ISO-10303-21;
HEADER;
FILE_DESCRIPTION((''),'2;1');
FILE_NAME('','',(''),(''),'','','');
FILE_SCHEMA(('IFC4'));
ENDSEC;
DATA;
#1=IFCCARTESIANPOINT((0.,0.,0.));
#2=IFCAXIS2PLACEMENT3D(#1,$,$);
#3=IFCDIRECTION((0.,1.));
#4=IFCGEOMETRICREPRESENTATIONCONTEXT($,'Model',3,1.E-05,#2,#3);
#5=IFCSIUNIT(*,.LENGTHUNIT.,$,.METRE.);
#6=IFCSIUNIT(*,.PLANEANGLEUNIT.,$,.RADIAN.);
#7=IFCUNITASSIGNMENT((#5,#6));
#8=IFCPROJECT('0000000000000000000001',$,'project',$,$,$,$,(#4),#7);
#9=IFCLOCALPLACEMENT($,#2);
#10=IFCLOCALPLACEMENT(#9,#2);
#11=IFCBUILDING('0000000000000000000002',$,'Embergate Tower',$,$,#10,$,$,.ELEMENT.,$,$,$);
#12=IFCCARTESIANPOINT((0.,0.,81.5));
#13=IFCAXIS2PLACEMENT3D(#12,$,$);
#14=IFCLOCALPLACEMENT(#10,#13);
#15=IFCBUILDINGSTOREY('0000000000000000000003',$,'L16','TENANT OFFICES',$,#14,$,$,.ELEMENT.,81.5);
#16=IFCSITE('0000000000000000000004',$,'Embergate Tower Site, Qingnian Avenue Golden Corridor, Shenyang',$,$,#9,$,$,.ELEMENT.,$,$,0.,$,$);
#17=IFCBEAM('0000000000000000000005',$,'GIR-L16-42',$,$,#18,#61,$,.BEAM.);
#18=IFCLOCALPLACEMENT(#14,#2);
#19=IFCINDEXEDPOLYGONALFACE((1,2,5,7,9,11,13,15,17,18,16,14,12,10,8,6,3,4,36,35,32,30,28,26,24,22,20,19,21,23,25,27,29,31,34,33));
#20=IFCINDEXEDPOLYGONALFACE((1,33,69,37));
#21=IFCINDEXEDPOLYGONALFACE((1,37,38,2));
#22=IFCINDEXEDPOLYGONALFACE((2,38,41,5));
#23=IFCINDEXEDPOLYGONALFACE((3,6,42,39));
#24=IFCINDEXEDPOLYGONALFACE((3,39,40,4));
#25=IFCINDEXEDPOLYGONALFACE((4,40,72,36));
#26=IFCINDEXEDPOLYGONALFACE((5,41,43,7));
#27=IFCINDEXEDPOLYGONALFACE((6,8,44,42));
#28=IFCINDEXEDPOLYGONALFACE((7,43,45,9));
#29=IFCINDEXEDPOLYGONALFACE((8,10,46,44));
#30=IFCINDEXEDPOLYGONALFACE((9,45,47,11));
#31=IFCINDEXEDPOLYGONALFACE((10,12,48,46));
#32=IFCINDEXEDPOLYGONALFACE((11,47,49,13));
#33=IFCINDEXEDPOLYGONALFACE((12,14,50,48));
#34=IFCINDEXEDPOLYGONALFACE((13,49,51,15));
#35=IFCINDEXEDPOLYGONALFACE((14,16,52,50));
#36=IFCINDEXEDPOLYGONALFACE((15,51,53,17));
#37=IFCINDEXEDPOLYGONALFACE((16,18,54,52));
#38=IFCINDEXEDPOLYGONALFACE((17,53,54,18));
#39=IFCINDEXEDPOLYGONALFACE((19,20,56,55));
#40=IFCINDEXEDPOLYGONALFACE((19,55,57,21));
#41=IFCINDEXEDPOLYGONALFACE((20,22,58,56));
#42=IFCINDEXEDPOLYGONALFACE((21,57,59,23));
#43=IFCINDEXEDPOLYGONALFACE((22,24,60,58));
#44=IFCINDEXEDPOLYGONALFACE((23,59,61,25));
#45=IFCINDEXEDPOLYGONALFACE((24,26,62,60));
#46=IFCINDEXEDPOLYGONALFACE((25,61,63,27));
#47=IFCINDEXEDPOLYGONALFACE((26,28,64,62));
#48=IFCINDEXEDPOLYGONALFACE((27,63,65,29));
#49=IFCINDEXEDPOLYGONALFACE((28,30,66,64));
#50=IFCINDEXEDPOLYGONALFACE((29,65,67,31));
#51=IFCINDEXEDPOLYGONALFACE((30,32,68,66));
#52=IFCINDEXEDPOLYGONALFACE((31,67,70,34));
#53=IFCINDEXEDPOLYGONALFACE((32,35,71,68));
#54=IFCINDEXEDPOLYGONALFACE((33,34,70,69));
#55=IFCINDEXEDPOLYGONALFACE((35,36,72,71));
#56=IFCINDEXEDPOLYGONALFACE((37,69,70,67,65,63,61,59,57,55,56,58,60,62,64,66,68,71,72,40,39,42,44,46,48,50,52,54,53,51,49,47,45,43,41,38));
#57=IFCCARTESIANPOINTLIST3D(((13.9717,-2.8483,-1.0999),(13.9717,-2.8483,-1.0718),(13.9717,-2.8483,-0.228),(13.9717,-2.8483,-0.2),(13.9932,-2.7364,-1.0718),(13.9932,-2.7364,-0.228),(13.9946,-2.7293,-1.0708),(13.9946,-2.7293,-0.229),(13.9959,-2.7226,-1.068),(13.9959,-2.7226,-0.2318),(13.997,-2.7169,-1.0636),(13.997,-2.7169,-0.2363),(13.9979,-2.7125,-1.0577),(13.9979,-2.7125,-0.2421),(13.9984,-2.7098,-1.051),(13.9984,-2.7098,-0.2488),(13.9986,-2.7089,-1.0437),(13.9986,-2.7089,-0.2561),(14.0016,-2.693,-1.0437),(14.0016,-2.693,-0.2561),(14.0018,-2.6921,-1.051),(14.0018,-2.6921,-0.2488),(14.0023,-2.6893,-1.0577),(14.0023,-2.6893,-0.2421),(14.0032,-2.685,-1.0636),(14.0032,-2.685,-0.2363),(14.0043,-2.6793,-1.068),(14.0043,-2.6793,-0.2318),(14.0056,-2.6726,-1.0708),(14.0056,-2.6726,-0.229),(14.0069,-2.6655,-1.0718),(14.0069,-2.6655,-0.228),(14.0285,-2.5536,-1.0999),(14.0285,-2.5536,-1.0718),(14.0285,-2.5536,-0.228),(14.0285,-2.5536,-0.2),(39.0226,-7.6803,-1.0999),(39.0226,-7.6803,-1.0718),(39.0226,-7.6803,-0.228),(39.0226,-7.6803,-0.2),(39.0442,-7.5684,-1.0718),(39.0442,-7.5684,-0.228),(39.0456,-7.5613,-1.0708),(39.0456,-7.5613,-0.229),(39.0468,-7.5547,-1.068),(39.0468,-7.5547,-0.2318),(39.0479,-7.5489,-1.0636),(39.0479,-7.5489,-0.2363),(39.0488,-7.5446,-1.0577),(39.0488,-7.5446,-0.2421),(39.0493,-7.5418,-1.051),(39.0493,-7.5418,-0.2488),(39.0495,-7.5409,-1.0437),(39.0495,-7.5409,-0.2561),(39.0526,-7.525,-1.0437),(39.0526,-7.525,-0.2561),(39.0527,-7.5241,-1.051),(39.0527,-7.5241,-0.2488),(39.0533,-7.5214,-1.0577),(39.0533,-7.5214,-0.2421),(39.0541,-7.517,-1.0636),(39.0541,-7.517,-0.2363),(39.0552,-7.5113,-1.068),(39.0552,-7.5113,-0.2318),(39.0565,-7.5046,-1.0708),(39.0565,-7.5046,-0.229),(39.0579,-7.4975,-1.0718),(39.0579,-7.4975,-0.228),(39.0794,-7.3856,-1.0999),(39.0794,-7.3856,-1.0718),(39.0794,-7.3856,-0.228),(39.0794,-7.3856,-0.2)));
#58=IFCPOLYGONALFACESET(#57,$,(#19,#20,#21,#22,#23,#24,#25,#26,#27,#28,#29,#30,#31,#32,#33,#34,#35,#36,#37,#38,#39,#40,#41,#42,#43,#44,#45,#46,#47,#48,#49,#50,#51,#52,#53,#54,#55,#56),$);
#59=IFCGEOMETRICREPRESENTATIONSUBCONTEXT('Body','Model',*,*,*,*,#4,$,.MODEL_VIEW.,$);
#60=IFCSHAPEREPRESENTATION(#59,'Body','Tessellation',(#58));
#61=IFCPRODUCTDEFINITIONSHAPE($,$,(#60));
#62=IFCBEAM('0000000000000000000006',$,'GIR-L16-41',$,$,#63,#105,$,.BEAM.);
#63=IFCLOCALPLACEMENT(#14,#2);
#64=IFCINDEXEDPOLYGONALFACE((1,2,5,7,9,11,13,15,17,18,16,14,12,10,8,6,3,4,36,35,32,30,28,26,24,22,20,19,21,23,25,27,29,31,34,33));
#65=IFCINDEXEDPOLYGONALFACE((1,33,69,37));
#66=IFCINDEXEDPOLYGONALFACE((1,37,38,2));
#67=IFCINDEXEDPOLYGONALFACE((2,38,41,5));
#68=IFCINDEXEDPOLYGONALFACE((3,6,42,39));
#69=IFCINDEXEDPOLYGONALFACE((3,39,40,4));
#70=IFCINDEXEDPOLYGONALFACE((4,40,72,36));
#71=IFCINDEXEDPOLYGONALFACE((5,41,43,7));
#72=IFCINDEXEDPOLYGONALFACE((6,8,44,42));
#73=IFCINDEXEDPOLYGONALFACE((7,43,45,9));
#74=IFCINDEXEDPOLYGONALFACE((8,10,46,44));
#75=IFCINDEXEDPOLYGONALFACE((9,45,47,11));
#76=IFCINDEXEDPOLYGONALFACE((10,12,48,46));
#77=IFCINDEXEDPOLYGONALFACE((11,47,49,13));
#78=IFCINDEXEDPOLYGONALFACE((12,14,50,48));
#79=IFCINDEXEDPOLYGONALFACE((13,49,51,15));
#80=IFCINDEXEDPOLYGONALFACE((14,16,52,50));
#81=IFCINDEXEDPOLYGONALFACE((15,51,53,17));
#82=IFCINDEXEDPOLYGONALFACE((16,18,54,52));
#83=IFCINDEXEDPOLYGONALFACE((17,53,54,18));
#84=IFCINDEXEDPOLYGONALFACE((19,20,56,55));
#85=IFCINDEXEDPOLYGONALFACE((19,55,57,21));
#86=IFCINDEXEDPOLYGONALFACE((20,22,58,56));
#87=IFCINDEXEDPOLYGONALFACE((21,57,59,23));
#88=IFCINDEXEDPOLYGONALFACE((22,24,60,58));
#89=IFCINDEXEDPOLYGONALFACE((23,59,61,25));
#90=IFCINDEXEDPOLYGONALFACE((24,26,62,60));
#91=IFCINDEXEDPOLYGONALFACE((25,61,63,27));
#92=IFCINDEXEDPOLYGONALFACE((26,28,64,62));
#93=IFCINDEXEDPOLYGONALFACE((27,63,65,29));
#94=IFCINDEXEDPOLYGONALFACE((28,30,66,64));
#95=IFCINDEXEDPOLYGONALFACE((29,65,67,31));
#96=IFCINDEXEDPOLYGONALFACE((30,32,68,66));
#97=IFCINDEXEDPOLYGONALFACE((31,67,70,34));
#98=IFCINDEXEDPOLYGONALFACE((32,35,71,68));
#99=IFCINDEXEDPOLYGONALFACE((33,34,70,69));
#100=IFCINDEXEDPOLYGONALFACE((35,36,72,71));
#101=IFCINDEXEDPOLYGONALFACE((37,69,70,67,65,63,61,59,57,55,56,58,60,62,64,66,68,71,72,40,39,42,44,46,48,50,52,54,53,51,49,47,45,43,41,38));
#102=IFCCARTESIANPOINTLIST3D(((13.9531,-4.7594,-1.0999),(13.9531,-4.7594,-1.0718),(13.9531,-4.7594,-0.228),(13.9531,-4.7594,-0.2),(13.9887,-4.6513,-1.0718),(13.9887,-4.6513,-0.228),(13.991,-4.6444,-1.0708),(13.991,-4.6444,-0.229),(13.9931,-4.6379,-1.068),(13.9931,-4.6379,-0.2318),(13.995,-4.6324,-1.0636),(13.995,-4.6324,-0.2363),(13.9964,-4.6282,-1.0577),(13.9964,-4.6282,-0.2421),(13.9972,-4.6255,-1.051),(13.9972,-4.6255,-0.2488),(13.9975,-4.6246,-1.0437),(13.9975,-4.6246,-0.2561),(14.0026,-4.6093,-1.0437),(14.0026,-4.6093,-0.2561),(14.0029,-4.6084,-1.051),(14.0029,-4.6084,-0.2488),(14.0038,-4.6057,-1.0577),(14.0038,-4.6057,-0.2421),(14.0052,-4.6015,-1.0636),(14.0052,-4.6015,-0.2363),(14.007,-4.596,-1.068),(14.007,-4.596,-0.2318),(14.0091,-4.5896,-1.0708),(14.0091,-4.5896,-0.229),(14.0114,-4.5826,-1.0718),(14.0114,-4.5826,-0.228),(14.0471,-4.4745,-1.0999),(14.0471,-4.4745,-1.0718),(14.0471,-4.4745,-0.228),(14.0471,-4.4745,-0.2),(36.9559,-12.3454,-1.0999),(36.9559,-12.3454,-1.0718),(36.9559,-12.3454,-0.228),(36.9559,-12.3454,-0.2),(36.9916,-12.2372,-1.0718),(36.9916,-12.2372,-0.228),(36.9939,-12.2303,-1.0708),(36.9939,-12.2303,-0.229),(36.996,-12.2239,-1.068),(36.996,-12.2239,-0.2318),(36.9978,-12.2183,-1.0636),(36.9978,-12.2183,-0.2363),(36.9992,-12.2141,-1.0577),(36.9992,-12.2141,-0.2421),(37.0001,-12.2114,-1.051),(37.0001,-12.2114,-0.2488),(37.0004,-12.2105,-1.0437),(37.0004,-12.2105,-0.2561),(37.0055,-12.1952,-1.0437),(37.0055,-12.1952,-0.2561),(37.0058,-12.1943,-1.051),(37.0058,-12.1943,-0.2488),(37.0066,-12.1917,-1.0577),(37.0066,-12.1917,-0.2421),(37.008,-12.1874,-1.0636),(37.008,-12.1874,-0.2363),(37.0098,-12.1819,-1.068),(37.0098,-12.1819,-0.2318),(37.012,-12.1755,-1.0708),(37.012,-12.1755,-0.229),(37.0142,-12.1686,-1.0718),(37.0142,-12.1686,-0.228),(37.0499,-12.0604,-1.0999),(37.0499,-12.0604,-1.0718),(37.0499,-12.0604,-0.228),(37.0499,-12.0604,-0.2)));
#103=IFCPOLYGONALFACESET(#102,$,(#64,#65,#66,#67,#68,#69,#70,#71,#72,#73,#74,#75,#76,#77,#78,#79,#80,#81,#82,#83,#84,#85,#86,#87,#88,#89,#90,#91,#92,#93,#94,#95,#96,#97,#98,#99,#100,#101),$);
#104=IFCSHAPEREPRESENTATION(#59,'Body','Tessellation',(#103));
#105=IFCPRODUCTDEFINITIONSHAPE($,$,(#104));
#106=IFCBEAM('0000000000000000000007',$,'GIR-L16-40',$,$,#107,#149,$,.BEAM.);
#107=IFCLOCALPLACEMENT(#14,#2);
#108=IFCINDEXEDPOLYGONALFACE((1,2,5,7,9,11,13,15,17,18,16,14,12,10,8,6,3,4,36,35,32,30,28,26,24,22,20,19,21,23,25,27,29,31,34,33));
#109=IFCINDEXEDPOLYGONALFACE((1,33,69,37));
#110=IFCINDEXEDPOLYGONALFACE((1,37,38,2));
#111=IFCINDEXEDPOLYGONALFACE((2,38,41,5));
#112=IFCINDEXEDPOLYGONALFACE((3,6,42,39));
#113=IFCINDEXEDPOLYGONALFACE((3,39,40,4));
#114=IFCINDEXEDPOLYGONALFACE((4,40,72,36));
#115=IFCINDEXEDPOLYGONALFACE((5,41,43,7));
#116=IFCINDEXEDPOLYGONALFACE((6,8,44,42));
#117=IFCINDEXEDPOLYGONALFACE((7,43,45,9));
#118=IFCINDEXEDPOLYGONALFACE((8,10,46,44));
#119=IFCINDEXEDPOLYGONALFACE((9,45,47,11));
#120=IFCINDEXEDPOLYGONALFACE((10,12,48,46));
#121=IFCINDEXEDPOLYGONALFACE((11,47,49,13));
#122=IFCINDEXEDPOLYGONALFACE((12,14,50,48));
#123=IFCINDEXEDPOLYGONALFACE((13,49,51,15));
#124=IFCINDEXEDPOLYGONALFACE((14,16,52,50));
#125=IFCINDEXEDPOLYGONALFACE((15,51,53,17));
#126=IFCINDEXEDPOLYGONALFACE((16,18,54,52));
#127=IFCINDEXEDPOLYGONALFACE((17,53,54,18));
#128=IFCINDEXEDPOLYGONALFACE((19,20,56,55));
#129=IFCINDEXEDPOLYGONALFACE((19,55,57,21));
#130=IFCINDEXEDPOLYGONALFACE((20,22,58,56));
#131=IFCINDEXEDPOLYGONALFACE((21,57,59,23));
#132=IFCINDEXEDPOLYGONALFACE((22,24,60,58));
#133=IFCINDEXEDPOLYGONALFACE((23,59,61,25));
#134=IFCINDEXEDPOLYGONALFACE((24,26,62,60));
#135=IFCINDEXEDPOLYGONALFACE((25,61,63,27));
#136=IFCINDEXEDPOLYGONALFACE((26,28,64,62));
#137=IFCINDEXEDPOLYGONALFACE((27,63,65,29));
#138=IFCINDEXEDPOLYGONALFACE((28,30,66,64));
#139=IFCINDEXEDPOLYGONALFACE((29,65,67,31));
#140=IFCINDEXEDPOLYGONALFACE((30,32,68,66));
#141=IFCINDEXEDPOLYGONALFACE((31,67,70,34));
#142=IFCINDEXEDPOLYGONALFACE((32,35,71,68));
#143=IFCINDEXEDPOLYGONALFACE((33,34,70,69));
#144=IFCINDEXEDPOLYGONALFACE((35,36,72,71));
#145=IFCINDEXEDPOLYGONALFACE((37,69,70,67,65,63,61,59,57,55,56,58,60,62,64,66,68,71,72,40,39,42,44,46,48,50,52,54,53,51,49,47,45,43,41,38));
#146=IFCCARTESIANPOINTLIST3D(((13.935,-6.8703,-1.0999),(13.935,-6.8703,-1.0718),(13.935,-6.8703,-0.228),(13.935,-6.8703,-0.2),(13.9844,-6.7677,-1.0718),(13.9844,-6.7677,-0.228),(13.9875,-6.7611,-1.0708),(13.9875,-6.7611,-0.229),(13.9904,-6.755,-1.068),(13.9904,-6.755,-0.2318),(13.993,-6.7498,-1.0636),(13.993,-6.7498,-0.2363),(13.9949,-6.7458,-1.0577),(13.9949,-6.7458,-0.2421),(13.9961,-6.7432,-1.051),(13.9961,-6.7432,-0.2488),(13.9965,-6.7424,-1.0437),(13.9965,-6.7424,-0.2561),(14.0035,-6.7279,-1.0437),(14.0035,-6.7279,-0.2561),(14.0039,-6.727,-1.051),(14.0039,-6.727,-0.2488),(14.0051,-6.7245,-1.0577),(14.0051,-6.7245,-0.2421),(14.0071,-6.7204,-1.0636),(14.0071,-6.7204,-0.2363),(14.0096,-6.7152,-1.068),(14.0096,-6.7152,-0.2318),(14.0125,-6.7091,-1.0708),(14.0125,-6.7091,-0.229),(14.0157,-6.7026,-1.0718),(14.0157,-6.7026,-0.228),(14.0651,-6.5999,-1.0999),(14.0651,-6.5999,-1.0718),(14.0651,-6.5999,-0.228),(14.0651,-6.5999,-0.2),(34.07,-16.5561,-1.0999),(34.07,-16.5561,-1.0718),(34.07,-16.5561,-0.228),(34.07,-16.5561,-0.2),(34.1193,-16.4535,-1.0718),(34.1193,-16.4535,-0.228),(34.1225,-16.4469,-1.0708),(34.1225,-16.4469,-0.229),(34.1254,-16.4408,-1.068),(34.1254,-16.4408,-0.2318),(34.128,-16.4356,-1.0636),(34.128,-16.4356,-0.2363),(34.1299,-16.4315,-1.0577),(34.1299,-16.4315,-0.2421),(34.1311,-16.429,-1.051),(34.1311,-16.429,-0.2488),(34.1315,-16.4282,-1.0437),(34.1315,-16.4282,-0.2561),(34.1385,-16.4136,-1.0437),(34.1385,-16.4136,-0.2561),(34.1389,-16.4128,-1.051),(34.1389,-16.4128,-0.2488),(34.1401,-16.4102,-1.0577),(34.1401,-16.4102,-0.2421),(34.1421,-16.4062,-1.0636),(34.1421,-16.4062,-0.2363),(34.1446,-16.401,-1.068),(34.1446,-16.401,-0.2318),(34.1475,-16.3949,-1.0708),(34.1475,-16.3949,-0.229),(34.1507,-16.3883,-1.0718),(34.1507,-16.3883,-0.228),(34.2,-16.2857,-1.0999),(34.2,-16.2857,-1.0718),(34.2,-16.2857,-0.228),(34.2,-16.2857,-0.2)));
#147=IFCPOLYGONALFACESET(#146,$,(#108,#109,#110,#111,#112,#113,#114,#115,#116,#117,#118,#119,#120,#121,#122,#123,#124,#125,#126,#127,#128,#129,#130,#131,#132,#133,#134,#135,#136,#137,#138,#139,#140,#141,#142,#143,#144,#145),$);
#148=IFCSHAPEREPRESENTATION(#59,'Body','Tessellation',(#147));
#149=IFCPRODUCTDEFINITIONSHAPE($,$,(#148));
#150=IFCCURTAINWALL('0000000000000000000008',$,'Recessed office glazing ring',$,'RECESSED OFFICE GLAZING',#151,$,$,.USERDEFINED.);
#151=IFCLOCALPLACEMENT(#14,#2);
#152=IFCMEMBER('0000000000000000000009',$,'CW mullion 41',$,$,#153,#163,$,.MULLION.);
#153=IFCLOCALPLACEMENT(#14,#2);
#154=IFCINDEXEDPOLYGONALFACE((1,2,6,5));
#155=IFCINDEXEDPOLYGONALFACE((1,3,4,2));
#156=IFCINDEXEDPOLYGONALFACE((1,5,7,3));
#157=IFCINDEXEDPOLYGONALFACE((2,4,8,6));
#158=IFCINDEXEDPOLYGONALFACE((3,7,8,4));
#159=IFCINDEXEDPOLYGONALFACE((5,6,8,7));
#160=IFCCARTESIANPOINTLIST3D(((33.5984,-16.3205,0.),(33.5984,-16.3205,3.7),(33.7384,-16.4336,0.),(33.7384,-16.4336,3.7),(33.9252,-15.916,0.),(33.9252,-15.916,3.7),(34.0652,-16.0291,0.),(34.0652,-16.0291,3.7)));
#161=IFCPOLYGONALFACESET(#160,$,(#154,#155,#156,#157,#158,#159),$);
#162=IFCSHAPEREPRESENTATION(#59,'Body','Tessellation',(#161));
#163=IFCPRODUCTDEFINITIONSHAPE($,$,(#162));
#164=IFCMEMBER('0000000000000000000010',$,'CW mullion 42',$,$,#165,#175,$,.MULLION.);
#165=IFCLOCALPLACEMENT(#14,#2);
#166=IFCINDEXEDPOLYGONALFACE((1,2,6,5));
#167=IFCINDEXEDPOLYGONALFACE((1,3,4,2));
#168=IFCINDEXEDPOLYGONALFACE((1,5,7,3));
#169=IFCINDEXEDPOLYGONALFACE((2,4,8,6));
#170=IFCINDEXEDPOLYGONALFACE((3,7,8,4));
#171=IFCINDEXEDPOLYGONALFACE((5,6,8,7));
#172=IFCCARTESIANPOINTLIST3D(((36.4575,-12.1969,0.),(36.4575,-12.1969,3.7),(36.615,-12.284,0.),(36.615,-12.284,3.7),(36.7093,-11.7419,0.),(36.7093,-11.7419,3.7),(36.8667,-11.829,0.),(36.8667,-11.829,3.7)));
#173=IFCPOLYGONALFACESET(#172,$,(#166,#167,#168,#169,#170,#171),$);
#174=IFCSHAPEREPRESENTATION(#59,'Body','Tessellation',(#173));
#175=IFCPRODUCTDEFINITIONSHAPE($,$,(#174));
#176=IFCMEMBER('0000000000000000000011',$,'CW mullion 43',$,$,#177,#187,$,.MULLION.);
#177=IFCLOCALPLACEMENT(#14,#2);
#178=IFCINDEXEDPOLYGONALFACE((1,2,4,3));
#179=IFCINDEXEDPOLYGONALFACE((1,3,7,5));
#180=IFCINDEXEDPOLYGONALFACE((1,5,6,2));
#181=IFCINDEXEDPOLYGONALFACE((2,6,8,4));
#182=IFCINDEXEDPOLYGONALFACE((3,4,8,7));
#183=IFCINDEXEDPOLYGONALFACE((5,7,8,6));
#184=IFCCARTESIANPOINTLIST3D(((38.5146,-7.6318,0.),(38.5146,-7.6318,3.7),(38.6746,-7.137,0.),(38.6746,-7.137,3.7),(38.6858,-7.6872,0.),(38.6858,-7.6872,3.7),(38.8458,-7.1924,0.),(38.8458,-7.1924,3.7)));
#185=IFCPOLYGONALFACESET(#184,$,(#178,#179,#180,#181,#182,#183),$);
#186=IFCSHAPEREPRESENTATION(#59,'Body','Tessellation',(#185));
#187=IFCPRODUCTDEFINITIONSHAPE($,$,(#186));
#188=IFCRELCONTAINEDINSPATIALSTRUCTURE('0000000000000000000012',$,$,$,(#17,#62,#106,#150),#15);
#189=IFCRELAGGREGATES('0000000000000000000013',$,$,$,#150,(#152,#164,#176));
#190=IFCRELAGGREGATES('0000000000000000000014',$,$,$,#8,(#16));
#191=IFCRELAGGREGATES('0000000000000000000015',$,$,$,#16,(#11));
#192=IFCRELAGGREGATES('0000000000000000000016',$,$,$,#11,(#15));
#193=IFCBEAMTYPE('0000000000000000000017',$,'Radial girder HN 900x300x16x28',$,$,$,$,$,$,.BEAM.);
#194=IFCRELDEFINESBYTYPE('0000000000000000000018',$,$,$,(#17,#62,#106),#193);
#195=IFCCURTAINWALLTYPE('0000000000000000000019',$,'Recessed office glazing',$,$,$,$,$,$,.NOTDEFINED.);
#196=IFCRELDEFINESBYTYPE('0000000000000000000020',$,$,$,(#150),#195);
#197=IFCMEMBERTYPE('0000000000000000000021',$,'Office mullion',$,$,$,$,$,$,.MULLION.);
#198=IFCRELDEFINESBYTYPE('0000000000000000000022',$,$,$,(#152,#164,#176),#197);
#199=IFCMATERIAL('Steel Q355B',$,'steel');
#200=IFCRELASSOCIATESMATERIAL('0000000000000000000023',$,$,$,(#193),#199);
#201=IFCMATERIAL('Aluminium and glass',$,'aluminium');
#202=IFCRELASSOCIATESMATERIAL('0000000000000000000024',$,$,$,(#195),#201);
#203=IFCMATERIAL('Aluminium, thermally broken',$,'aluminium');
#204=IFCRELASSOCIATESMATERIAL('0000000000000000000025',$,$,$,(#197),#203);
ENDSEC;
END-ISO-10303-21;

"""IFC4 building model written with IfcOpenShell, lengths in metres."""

from ifc_helpers import new_model, si_unit, direction, frame, origin, origin_2d, place, context, subcontext, project, spatial, rectangle, i_section, extrude, source, transform, mapped, material, material_profile, profile_set, type_object, element, aggregate, save


model = new_model("IFC4")

# Units and contexts
model_context = context("Model", 3, precision=1e-05, world=origin(), true_north=direction((0.0, 1.0)))
body_context = subcontext(model_context, "Body", "Model", "MODEL_VIEW")
ifc_project = project(units=[si_unit("LENGTHUNIT", "METRE"), si_unit("PLANEANGLEUNIT", "RADIAN")], contexts=[model_context])

# Site, building, storey
site_placement = place(None, origin())
site = spatial("IfcSite", under=ifc_project, at=site_placement, Name="Embergate Tower Site, Qingnian Avenue Golden Corridor, Shenyang", CompositionType="ELEMENT", RefElevation=0.0)
building_placement = place(site_placement, origin())
building = spatial("IfcBuilding", under=site, at=building_placement, Name="Embergate Tower", CompositionType="ELEMENT")
storey_placement = place(building_placement, frame((0.0, 0.0, 81.5)))
storey = spatial("IfcBuildingStorey", under=building, at=storey_placement, Name="L16", Description="TENANT OFFICES", CompositionType="ELEMENT", Elevation=81.5)

# Beams
ifc_material_1 = material(Name="Steel Q355B", Category="steel")
ifc_material_profile_1 = material_profile(ifc_material_1, i_section(OverallWidth=0.3, OverallDepth=0.8999, WebThickness=0.0161, FlangeThickness=0.0281, FilletRadius=0.0281, at=origin_2d()), Name="HN 900x300x16x28")
ifc_profile_set_1 = profile_set([ifc_material_profile_1], Name="Steel Q355 grade B")
beam_type_1 = type_object("IfcBeamType", Name="Radial girder HN 900x300x16x28", PredefinedType="BEAM", material=ifc_profile_set_1)
shared_shape_1 = source(origin(), body_context, "Body", "SweptSolid", [
    extrude(i_section(OverallWidth=0.3, OverallDepth=0.8999, WebThickness=0.0161, FlangeThickness=0.0281, FilletRadius=0.0281, at=origin_2d()), origin(), (0.0, 0.0, 1.0), 25.5127),
])
beam_1_placement = place(storey_placement, frame((39.051, -7.533, -0.6499), z_axis=(-0.981901, 0.189396, 0.0), x_axis=(-0.189396, -0.981901, 0.0)))
element("IfcBeam", 1, at=beam_1_placement, inside=storey, type_object=beam_type_1, Name="GIR-L16-42", PredefinedType="BEAM", context=body_context, shape_type="MappedRepresentation", body=[
    mapped(shared_shape_1, transform((0.0, 0.0, 0.0))),
])
shared_shape_2 = source(origin(), body_context, "Body", "SweptSolid", [
    extrude(i_section(OverallWidth=0.3, OverallDepth=0.8999, WebThickness=0.0161, FlangeThickness=0.0281, FilletRadius=0.0281, at=origin_2d()), origin(), (0.0, 0.0, 1.0), 24.2214),
])
beam_2_placement = place(storey_placement, frame((37.0029, -12.2029, -0.6499), z_axis=(-0.94969, 0.31319, 0.0), x_axis=(-0.31319, -0.94969, 0.0)))
element("IfcBeam", 2, at=beam_2_placement, inside=storey, type_object=beam_type_1, Name="GIR-L16-41", PredefinedType="BEAM", context=body_context, shape_type="MappedRepresentation", body=[
    mapped(shared_shape_2, transform((0.0, 0.0, 0.0))),
])
shared_shape_3 = source(origin(), body_context, "Body", "SweptSolid", [
    extrude(i_section(OverallWidth=0.3, OverallDepth=0.8999, WebThickness=0.0161, FlangeThickness=0.0281, FilletRadius=0.0281, at=origin_2d()), origin(), (0.0, 0.0, 1.0), 22.3435),
])
beam_3_placement = place(storey_placement, frame((34.135, -16.4209, -0.6499), z_axis=(-0.901156, 0.433494, 0.0), x_axis=(-0.433494, -0.901156, 0.0)))
element("IfcBeam", 3, at=beam_3_placement, inside=storey, type_object=beam_type_1, Name="GIR-L16-40", PredefinedType="BEAM", context=body_context, shape_type="MappedRepresentation", body=[
    mapped(shared_shape_3, transform((0.0, 0.0, 0.0))),
])

# Curtain wall, members
ifc_material_2 = material(Name="Aluminium and glass", Category="aluminium")
curtain_wall_type = type_object("IfcCurtainWallType", Name="Recessed office glazing", PredefinedType="NOTDEFINED", material=ifc_material_2)
curtain_wall_placement = place(storey_placement, origin())
curtain_wall = element("IfcCurtainWall", 4, at=curtain_wall_placement, inside=storey, type_object=curtain_wall_type, Name="Recessed office glazing ring", ObjectType="RECESSED OFFICE GLAZING", PredefinedType="USERDEFINED")
ifc_material_3 = material(Name="Aluminium, thermally broken", Category="aluminium")
ifc_material_profile_2 = material_profile(ifc_material_3, rectangle(XDim=0.1799, YDim=0.52, at=origin_2d()), Name="AL 520x180")
ifc_profile_set_2 = profile_set([ifc_material_profile_2], Name="Aluminium, thermally broken")
member_type_1 = type_object("IfcMemberType", Name="Office mullion", PredefinedType="MULLION", material=ifc_profile_set_2)
shared_shape_4 = source(origin(), body_context, "Body", "SweptSolid", [
    extrude(rectangle(XDim=0.1799, YDim=0.52, at=origin_2d()), origin(), (0.0, 0.0, 1.0), 3.7),
])
member_1_placement = place(storey_placement, frame((33.8318, -16.1748, 0.0), z_axis=(0.0, 0.0, 1.0), x_axis=(-0.777876, 0.628418, 0.0)))
member_1 = element("IfcMember", 5, at=member_1_placement, type_object=member_type_1, Name="CW mullion 41", PredefinedType="MULLION", context=body_context, shape_type="MappedRepresentation", body=[
    mapped(shared_shape_4, transform((0.0, 0.0, 0.0))),
])
member_2_placement = place(storey_placement, frame((36.6621, -12.0129, 0.0), z_axis=(0.0, 0.0, 1.0), x_axis=(-0.875005, 0.484113, 0.0)))
member_2 = element("IfcMember", 6, at=member_2_placement, type_object=member_type_1, Name="CW mullion 42", PredefinedType="MULLION", context=body_context, shape_type="MappedRepresentation", body=[
    mapped(shared_shape_4, transform((0.0, 0.0, 0.0))),
])
member_3_placement = place(storey_placement, frame((38.6802, -7.4121, 0.0), z_axis=(0.0, 0.0, 1.0), x_axis=(-0.951499, 0.307651, 0.0)))
member_3 = element("IfcMember", 7, at=member_3_placement, type_object=member_type_1, Name="CW mullion 43", PredefinedType="MULLION", context=body_context, shape_type="MappedRepresentation", body=[
    mapped(shared_shape_4, transform((0.0, 0.0, 0.0))),
])
aggregate(curtain_wall, [member_1, member_2, member_3])

save(model, "model.ifc")
